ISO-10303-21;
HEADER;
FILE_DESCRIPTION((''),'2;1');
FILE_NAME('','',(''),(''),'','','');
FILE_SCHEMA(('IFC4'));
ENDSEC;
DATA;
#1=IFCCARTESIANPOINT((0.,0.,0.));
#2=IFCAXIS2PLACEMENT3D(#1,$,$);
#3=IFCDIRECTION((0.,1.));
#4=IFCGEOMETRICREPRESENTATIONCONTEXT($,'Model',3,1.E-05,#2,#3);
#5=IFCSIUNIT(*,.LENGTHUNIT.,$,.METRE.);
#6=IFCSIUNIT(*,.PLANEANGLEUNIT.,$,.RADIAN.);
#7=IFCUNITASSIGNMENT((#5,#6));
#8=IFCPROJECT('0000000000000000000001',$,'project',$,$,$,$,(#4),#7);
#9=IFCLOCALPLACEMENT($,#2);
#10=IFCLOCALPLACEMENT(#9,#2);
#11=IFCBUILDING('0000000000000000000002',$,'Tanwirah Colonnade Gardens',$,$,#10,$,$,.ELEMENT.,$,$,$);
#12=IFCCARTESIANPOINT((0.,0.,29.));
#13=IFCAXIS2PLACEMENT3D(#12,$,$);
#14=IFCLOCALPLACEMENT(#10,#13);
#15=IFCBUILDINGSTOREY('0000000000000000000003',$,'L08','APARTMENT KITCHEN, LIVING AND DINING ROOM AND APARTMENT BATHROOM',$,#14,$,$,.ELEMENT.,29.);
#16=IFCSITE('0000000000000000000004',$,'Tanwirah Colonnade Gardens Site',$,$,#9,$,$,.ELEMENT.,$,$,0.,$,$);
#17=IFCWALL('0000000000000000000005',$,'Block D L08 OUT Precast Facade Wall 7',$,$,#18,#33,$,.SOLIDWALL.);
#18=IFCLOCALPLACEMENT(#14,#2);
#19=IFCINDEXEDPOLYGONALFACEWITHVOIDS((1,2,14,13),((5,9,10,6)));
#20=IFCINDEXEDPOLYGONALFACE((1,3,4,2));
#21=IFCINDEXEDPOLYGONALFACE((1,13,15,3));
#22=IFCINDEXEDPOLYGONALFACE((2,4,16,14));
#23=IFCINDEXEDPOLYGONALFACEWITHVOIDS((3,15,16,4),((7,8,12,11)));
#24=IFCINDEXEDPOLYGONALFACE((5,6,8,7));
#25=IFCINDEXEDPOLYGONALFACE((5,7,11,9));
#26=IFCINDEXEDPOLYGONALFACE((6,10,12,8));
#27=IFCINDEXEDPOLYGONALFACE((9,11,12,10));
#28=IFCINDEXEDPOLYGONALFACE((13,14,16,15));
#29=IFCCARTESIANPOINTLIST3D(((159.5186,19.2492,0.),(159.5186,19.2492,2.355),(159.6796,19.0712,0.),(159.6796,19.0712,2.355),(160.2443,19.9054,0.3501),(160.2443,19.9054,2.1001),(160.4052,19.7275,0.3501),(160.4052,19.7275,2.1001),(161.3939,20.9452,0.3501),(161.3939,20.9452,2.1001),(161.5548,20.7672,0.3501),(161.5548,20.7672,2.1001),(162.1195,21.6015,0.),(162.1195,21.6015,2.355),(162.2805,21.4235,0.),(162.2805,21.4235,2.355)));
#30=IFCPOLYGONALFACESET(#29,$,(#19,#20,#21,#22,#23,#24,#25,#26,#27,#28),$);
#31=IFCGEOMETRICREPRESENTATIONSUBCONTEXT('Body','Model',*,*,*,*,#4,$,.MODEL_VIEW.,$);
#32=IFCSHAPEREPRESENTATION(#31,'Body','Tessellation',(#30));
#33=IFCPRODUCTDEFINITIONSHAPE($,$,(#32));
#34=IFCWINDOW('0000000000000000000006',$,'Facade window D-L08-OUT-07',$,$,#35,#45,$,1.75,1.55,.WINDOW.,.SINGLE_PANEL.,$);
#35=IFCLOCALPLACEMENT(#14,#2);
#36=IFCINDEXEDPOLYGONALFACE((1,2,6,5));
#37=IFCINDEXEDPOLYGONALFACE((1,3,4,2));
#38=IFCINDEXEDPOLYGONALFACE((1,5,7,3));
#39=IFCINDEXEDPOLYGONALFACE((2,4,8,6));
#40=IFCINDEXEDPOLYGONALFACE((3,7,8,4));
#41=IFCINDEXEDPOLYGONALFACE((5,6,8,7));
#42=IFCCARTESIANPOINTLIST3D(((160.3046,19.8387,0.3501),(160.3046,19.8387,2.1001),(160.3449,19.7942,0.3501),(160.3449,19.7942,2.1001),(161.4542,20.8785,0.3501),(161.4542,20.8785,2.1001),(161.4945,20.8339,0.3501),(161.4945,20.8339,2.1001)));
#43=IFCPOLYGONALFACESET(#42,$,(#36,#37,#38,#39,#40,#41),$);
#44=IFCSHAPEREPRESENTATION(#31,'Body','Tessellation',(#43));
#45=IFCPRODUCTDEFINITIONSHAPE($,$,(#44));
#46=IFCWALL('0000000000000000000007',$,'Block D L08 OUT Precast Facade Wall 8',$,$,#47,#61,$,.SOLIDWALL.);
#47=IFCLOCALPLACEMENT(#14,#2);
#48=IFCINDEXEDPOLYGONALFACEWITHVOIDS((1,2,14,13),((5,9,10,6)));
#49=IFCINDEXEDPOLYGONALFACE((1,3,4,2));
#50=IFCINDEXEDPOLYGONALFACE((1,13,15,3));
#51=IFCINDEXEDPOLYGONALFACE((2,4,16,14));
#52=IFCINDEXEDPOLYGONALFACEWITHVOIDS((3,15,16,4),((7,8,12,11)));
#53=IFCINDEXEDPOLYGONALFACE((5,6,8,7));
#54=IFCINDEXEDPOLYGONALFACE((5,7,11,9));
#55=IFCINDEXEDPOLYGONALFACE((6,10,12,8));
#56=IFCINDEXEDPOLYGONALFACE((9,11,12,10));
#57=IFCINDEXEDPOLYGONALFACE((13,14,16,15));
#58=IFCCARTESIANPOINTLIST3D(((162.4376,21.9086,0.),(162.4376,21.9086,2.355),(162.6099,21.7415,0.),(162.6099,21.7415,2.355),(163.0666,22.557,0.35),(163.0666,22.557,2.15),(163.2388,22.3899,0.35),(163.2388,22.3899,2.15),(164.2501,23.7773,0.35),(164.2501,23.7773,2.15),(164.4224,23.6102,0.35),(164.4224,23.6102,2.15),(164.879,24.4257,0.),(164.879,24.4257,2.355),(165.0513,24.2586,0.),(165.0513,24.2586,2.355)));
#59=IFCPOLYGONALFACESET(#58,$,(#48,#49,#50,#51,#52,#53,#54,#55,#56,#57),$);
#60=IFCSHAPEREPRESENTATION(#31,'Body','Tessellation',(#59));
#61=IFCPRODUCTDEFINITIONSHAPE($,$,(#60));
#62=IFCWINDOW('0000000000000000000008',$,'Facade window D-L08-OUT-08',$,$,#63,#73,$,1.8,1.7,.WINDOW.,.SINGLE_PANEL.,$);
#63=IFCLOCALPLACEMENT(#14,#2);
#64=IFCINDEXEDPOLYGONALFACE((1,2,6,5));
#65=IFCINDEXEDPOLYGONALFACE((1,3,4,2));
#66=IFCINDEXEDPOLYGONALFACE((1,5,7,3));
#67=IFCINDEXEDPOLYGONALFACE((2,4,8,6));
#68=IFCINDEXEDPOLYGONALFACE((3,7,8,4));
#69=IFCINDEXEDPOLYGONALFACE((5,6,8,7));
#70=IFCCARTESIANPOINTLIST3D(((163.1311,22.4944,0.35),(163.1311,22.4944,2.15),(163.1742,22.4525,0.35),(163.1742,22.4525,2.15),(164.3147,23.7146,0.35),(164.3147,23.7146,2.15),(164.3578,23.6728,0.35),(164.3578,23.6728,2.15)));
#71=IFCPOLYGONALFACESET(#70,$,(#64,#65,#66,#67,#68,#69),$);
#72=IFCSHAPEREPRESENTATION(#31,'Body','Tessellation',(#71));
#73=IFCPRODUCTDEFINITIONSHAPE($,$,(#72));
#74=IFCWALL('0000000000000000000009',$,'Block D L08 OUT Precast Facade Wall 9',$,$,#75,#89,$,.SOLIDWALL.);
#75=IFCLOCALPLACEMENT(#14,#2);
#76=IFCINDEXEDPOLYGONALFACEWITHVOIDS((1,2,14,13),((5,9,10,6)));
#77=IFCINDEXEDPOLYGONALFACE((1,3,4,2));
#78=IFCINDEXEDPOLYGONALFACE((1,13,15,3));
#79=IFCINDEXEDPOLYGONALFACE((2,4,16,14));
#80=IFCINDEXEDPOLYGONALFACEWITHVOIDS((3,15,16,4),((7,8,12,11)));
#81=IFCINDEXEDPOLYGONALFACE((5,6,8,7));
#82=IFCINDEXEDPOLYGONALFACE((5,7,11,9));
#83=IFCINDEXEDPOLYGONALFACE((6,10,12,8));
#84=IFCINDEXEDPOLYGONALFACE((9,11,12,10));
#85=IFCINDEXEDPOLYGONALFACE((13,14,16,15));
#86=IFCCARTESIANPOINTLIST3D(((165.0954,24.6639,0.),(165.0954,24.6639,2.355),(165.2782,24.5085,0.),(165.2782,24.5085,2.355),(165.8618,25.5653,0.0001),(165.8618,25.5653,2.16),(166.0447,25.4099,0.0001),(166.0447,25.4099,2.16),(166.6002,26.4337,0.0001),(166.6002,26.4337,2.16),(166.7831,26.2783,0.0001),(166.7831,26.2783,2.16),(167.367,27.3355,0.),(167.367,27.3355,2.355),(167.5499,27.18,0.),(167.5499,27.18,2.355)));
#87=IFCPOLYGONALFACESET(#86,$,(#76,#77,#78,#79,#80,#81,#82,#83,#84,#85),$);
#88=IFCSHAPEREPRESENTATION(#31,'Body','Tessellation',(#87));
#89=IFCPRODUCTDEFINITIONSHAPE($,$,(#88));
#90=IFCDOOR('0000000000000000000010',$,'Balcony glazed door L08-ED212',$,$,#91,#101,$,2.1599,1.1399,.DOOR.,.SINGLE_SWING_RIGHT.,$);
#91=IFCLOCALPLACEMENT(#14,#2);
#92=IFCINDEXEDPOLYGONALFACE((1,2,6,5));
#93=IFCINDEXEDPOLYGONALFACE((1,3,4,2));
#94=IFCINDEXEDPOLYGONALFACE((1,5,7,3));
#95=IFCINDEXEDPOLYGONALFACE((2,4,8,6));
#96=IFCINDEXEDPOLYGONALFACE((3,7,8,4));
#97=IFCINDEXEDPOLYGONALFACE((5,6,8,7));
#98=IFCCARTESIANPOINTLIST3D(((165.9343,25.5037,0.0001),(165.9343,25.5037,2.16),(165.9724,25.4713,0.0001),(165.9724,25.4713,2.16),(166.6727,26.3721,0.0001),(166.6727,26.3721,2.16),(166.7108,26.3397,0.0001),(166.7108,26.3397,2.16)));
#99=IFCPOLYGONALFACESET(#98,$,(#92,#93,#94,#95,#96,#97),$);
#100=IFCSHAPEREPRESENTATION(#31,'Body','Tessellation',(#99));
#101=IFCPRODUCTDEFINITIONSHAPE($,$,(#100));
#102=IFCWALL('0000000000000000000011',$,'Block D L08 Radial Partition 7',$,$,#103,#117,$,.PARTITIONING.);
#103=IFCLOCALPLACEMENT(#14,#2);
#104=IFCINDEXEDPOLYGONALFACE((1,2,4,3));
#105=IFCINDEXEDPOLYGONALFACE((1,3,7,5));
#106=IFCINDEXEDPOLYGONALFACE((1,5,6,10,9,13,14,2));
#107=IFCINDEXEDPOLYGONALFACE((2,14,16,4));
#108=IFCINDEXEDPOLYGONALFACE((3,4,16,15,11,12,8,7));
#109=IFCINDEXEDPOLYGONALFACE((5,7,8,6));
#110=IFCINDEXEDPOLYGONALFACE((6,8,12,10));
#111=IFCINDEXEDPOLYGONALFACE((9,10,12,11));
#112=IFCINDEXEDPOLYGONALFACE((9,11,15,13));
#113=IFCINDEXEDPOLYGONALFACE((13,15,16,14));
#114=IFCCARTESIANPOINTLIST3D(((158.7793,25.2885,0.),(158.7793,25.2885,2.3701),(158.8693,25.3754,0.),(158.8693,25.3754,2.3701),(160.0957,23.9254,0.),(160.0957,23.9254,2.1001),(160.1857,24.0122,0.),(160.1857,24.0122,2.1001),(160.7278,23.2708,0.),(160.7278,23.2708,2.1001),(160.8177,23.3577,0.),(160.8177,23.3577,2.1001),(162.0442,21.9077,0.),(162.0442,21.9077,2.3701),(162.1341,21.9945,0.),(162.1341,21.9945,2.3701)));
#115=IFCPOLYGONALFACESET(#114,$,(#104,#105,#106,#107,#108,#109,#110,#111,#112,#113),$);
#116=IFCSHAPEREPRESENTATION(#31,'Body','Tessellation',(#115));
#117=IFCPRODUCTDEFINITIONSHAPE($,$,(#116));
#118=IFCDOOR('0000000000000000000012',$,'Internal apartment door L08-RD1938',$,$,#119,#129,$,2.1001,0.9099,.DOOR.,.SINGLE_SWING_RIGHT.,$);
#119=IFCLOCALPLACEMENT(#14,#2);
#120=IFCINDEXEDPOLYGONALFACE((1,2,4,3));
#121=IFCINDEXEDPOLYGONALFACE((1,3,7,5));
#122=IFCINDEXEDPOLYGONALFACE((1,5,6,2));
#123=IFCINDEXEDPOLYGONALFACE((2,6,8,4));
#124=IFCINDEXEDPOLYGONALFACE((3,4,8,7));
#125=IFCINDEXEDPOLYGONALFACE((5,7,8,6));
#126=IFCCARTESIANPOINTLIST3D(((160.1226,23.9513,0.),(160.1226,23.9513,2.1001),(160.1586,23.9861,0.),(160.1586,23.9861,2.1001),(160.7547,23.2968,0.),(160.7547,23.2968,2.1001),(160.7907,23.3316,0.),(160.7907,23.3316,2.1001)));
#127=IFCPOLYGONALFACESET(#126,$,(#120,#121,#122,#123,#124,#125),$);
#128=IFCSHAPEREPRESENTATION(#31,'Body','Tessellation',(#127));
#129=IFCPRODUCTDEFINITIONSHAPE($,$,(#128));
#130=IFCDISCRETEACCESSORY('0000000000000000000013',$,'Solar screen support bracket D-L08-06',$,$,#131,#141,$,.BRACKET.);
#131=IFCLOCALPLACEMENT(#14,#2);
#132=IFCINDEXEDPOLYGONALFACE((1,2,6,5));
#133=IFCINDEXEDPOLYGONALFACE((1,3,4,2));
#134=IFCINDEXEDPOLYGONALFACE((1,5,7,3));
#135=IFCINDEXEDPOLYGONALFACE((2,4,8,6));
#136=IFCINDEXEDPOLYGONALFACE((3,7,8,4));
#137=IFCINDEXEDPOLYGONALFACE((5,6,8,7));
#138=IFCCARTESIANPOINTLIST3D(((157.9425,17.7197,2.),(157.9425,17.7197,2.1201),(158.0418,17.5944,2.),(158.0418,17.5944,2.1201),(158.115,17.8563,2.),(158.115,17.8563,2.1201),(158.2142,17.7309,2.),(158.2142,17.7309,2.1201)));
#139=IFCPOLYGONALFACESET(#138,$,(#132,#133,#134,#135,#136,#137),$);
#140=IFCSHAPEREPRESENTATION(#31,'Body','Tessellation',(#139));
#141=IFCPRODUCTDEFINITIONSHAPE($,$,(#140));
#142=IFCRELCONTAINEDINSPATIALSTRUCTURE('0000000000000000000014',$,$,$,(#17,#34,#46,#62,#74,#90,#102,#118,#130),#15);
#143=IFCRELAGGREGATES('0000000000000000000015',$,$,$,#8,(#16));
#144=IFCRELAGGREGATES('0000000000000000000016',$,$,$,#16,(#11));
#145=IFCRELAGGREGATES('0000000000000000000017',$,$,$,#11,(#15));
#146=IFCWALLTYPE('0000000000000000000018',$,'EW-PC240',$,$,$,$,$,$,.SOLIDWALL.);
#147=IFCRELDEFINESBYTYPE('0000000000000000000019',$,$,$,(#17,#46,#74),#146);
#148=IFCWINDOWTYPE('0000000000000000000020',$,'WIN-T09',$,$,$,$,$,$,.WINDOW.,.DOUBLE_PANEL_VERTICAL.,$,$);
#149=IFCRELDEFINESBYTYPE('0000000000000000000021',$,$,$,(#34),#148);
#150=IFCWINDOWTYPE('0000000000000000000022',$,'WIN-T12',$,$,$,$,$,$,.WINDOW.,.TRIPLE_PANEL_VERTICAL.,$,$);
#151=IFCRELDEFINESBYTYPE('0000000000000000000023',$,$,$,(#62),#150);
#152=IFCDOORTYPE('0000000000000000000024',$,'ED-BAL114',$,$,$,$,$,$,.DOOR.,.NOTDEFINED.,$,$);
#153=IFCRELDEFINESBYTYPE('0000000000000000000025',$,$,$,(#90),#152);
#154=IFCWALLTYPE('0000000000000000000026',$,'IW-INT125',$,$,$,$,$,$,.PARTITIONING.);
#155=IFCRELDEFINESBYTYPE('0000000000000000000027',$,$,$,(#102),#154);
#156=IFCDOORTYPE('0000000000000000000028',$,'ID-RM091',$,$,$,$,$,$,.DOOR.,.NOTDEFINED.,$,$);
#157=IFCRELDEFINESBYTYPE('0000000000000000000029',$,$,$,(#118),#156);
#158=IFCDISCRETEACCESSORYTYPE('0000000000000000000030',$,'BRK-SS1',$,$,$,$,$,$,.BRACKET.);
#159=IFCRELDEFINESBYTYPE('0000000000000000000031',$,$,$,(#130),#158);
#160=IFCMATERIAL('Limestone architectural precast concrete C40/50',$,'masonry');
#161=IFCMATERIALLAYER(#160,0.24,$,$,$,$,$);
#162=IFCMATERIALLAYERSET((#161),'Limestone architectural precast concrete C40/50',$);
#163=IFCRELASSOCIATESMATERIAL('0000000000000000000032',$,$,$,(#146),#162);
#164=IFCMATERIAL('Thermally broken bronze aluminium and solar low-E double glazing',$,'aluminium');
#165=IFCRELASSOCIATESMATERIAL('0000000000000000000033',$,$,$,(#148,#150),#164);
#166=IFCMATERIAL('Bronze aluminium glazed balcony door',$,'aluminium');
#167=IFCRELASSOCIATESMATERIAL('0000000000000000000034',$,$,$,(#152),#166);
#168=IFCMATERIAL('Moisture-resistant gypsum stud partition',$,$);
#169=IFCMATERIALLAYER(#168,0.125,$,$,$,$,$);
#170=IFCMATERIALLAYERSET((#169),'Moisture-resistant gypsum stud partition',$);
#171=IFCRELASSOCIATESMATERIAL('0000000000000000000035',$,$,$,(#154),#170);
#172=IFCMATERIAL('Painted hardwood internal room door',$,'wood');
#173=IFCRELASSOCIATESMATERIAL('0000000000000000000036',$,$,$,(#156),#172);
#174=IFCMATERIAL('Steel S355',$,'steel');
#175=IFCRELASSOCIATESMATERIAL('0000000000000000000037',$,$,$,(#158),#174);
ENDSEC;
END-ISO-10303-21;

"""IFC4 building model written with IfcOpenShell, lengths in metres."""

from ifc_helpers import new_model, si_unit, direction, frame, frame_2d, origin, origin_2d, place, context, subcontext, project, spatial, rectangle, extrude, material, layer, layer_set, type_object, element, fill, save


model = new_model("IFC4")

# Units and contexts
model_context = context("Model", 3, precision=1e-05, world=origin(), true_north=direction((0.0, 1.0)))
body_context = subcontext(model_context, "Body", "Model", "MODEL_VIEW")
ifc_project = project(units=[si_unit("LENGTHUNIT", "METRE"), si_unit("PLANEANGLEUNIT", "RADIAN")], contexts=[model_context])

# Site, building, storey
site_placement = place(None, origin())
site = spatial("IfcSite", under=ifc_project, at=site_placement, Name="Tanwirah Colonnade Gardens Site", CompositionType="ELEMENT", RefElevation=0.0)
building_placement = place(site_placement, origin())
building = spatial("IfcBuilding", under=site, at=building_placement, Name="Tanwirah Colonnade Gardens", CompositionType="ELEMENT")
storey_placement = place(building_placement, frame((0.0, 0.0, 29.0)))
storey = spatial("IfcBuildingStorey", under=building, at=storey_placement, Name="L08", Description="APARTMENT KITCHEN, LIVING AND DINING ROOM AND APARTMENT BATHROOM", CompositionType="ELEMENT", Elevation=29.0)

# Walls, openings, windows
ifc_material_1 = material(Name="Limestone architectural precast concrete C40/50", Category="masonry")
ifc_layer_1 = layer(ifc_material_1, 0.24)
ifc_layer_set_1 = layer_set([ifc_layer_1], Name="Limestone architectural precast concrete C40/50")
wall_type_1 = type_object("IfcWallType", Name="EW-PC240", PredefinedType="SOLIDWALL", material=ifc_layer_set_1)
ifc_material_2 = material(Name="Thermally broken bronze aluminium and solar low-E double glazing", Category="aluminium")
wall_1_placement = place(storey_placement, frame((159.5991, 19.1602, 0.0), z_axis=(0.0, 0.0, 1.0), x_axis=(0.741655, 0.670782, 0.0)))
wall_1 = element("IfcWall", 1, at=wall_1_placement, inside=storey, type_object=wall_type_1, Name="Block D L08 OUT Precast Facade Wall 7", PredefinedType="SOLIDWALL", context=body_context, shape_type="SweptSolid", body=[
    extrude(rectangle(XDim=3.5068, YDim=0.24, at=frame_2d((1.7534, 0.0))), origin(), (0.0, 0.0, 1.0), 2.355),
])
opening_1_placement = place(wall_1_placement, frame((0.9785, 0.0, 0.3501)))
opening_1 = element("IfcOpeningElement", 2, at=opening_1_placement, cuts=wall_1, PredefinedType="OPENING", context=body_context, shape_type="SweptSolid", body=[
    extrude(rectangle(XDim=1.55, YDim=1.75, at=frame_2d((0.7749, 0.875))), frame((0.0, 0.1299, 0.0), z_axis=(0.0, -1.0, 0.0), x_axis=(1.0, 0.0, 0.0)), (0.0, 0.0, 1.0), 0.26),
])
window_type_1 = type_object("IfcWindowType", Name="WIN-T09", PartitioningType="DOUBLE_PANEL_VERTICAL", PredefinedType="WINDOW", material=ifc_material_2)
window_1_placement = place(opening_1_placement, origin())
window_1 = element("IfcWindow", 3, at=window_1_placement, inside=storey, type_object=window_type_1, Name="Facade window D-L08-OUT-07", OverallHeight=1.75, OverallWidth=1.55, PartitioningType="SINGLE_PANEL", PredefinedType="WINDOW", context=body_context, shape_type="SweptSolid", body=[
    extrude(rectangle(XDim=1.55, YDim=1.75, at=frame_2d((0.7749, 0.875))), frame((0.0, 0.03, 0.0), z_axis=(0.0, -1.0, 0.0), x_axis=(1.0, 0.0, 0.0)), (0.0, 0.0, 1.0), 0.0601),
])
fill(opening_1, window_1)
wall_2_placement = place(storey_placement, frame((162.5237, 21.825, 0.0), z_axis=(0.0, 0.0, 1.0), x_axis=(0.696233, 0.717816, 0.0)))
wall_2 = element("IfcWall", 4, at=wall_2_placement, inside=storey, type_object=wall_type_1, Name="Block D L08 OUT Precast Facade Wall 8", PredefinedType="SOLIDWALL", context=body_context, shape_type="SweptSolid", body=[
    extrude(rectangle(XDim=3.5066, YDim=0.24, at=frame_2d((1.7534, 0.0))), origin(), (0.0, 0.0, 1.0), 2.355),
])
opening_2_placement = place(wall_2_placement, frame((0.9033, 0.0, 0.3501)))
opening_2 = element("IfcOpeningElement", 5, at=opening_2_placement, cuts=wall_2, PredefinedType="OPENING", context=body_context, shape_type="SweptSolid", body=[
    extrude(rectangle(XDim=1.7, YDim=1.8, at=frame_2d((0.8501, 0.8999))), frame((0.0, 0.1299, 0.0), z_axis=(0.0, -1.0, 0.0), x_axis=(1.0, 0.0, 0.0)), (0.0, 0.0, 1.0), 0.26),
])
window_type_2 = type_object("IfcWindowType", Name="WIN-T12", PartitioningType="TRIPLE_PANEL_VERTICAL", PredefinedType="WINDOW", material=ifc_material_2)
window_2_placement = place(opening_2_placement, origin())
window_2 = element("IfcWindow", 6, at=window_2_placement, inside=storey, type_object=window_type_2, Name="Facade window D-L08-OUT-08", OverallHeight=1.8, OverallWidth=1.7, PartitioningType="SINGLE_PANEL", PredefinedType="WINDOW", context=body_context, shape_type="SweptSolid", body=[
    extrude(rectangle(XDim=1.7, YDim=1.8, at=frame_2d((0.8501, 0.8999))), frame((0.0, 0.03, 0.0), z_axis=(0.0, -1.0, 0.0), x_axis=(1.0, 0.0, 0.0)), (0.0, 0.0, 1.0), 0.0601),
])
fill(opening_2, window_2)

# Walls, openings, doors
wall_3_placement = place(storey_placement, frame((165.1868, 24.5862, 0.0), z_axis=(0.0, 0.0, 1.0), x_axis=(0.647788, 0.761821, 0.0)))
wall_3 = element("IfcWall", 7, at=wall_3_placement, inside=storey, type_object=wall_type_1, Name="Block D L08 OUT Precast Facade Wall 9", PredefinedType="SOLIDWALL", context=body_context, shape_type="SweptSolid", body=[
    extrude(rectangle(XDim=3.5068, YDim=0.24, at=frame_2d((1.7534, 0.0))), origin(), (0.0, 0.0, 1.0), 2.355),
])
opening_3_placement = place(wall_3_placement, frame((1.1833, 0.0, 0.0)))
opening_3 = element("IfcOpeningElement", 8, at=opening_3_placement, cuts=wall_3, PredefinedType="OPENING", context=body_context, shape_type="SweptSolid", body=[
    extrude(rectangle(XDim=1.1399, YDim=2.1599, at=frame_2d((0.5698, 1.0801))), frame((0.0, 0.1299, 0.0), z_axis=(0.0, -1.0, 0.0), x_axis=(1.0, 0.0, 0.0)), (0.0, 0.0, 1.0), 0.26),
])
ifc_material_3 = material(Name="Bronze aluminium glazed balcony door", Category="aluminium")
door_type_1 = type_object("IfcDoorType", Name="ED-BAL114", OperationType="NOTDEFINED", PredefinedType="DOOR", material=ifc_material_3)
door_1_placement = place(opening_3_placement, origin())
door_1 = element("IfcDoor", 9, at=door_1_placement, inside=storey, type_object=door_type_1, Name="Balcony glazed door L08-ED212", OperationType="SINGLE_SWING_RIGHT", OverallHeight=2.1599, OverallWidth=1.1399, PredefinedType="DOOR", context=body_context, shape_type="SweptSolid", body=[
    extrude(rectangle(XDim=1.1399, YDim=2.1599, at=frame_2d((0.5698, 1.0801))), frame((0.0, 0.0249, 0.0), z_axis=(0.0, -1.0, 0.0), x_axis=(1.0, 0.0, 0.0)), (0.0, 0.0, 1.0), 0.05),
])
fill(opening_3, door_1)
ifc_material_4 = material(Name="Moisture-resistant gypsum stud partition")
ifc_layer_2 = layer(ifc_material_4, 0.125)
ifc_layer_set_2 = layer_set([ifc_layer_2], Name="Moisture-resistant gypsum stud partition")
wall_type_2 = type_object("IfcWallType", Name="IW-INT125", PredefinedType="PARTITIONING", material=ifc_layer_set_2)
wall_4_placement = place(storey_placement, frame((158.8242, 25.332, 0.0), z_axis=(0.0, 0.0, 1.0), x_axis=(0.694662, -0.719336, 0.0)))
wall_4 = element("IfcWall", 10, at=wall_4_placement, inside=storey, type_object=wall_type_2, Name="Block D L08 Radial Partition 7", PredefinedType="PARTITIONING", context=body_context, shape_type="SweptSolid", body=[
    extrude(rectangle(XDim=4.7, YDim=0.125, at=frame_2d((2.3501, 0.0))), origin(), (0.0, 0.0, 1.0), 2.3701),
])
opening_4_placement = place(wall_4_placement, frame((1.895, 0.0, 0.0)))
opening_4 = element("IfcOpeningElement", 11, at=opening_4_placement, cuts=wall_4, PredefinedType="OPENING", context=body_context, shape_type="SweptSolid", body=[
    extrude(rectangle(XDim=0.9099, YDim=2.1001, at=frame_2d((0.4551, 1.05))), frame((0.0, 0.0725, 0.0), z_axis=(0.0, -1.0, 0.0), x_axis=(1.0, 0.0, 0.0)), (0.0, 0.0, 1.0), 0.145),
])
ifc_material_5 = material(Name="Painted hardwood internal room door", Category="wood")
door_type_2 = type_object("IfcDoorType", Name="ID-RM091", OperationType="NOTDEFINED", PredefinedType="DOOR", material=ifc_material_5)
door_2_placement = place(opening_4_placement, origin())
door_2 = element("IfcDoor", 12, at=door_2_placement, inside=storey, type_object=door_type_2, Name="Internal apartment door L08-RD1938", OperationType="SINGLE_SWING_RIGHT", OverallHeight=2.1001, OverallWidth=0.9099, PredefinedType="DOOR", context=body_context, shape_type="SweptSolid", body=[
    extrude(rectangle(XDim=0.9099, YDim=2.1001, at=frame_2d((0.4551, 1.05))), frame((0.0, 0.0249, 0.0), z_axis=(0.0, -1.0, 0.0), x_axis=(1.0, 0.0, 0.0)), (0.0, 0.0, 1.0), 0.05),
])
fill(opening_4, door_2)

# Discrete accessory
ifc_material_6 = material(Name="Steel S355", Category="steel")
discrete_accessory_type = type_object("IfcDiscreteAccessoryType", Name="BRK-SS1", PredefinedType="BRACKET", material=ifc_material_6)
discrete_accessory_placement = place(storey_placement, frame((158.0784, 17.7253, 2.0), z_axis=(0.0, 0.0, 1.0), x_axis=(0.783966, 0.620804, 0.0)))
element("IfcDiscreteAccessory", 13, at=discrete_accessory_placement, inside=storey, type_object=discrete_accessory_type, Name="Solar screen support bracket D-L08-06", PredefinedType="BRACKET", context=body_context, shape_type="SweptSolid", body=[
    extrude(rectangle(XDim=0.22, YDim=0.1599, at=origin_2d()), origin(), (0.0, 0.0, 1.0), 0.1201),
])

save(model, "model.ifc")
